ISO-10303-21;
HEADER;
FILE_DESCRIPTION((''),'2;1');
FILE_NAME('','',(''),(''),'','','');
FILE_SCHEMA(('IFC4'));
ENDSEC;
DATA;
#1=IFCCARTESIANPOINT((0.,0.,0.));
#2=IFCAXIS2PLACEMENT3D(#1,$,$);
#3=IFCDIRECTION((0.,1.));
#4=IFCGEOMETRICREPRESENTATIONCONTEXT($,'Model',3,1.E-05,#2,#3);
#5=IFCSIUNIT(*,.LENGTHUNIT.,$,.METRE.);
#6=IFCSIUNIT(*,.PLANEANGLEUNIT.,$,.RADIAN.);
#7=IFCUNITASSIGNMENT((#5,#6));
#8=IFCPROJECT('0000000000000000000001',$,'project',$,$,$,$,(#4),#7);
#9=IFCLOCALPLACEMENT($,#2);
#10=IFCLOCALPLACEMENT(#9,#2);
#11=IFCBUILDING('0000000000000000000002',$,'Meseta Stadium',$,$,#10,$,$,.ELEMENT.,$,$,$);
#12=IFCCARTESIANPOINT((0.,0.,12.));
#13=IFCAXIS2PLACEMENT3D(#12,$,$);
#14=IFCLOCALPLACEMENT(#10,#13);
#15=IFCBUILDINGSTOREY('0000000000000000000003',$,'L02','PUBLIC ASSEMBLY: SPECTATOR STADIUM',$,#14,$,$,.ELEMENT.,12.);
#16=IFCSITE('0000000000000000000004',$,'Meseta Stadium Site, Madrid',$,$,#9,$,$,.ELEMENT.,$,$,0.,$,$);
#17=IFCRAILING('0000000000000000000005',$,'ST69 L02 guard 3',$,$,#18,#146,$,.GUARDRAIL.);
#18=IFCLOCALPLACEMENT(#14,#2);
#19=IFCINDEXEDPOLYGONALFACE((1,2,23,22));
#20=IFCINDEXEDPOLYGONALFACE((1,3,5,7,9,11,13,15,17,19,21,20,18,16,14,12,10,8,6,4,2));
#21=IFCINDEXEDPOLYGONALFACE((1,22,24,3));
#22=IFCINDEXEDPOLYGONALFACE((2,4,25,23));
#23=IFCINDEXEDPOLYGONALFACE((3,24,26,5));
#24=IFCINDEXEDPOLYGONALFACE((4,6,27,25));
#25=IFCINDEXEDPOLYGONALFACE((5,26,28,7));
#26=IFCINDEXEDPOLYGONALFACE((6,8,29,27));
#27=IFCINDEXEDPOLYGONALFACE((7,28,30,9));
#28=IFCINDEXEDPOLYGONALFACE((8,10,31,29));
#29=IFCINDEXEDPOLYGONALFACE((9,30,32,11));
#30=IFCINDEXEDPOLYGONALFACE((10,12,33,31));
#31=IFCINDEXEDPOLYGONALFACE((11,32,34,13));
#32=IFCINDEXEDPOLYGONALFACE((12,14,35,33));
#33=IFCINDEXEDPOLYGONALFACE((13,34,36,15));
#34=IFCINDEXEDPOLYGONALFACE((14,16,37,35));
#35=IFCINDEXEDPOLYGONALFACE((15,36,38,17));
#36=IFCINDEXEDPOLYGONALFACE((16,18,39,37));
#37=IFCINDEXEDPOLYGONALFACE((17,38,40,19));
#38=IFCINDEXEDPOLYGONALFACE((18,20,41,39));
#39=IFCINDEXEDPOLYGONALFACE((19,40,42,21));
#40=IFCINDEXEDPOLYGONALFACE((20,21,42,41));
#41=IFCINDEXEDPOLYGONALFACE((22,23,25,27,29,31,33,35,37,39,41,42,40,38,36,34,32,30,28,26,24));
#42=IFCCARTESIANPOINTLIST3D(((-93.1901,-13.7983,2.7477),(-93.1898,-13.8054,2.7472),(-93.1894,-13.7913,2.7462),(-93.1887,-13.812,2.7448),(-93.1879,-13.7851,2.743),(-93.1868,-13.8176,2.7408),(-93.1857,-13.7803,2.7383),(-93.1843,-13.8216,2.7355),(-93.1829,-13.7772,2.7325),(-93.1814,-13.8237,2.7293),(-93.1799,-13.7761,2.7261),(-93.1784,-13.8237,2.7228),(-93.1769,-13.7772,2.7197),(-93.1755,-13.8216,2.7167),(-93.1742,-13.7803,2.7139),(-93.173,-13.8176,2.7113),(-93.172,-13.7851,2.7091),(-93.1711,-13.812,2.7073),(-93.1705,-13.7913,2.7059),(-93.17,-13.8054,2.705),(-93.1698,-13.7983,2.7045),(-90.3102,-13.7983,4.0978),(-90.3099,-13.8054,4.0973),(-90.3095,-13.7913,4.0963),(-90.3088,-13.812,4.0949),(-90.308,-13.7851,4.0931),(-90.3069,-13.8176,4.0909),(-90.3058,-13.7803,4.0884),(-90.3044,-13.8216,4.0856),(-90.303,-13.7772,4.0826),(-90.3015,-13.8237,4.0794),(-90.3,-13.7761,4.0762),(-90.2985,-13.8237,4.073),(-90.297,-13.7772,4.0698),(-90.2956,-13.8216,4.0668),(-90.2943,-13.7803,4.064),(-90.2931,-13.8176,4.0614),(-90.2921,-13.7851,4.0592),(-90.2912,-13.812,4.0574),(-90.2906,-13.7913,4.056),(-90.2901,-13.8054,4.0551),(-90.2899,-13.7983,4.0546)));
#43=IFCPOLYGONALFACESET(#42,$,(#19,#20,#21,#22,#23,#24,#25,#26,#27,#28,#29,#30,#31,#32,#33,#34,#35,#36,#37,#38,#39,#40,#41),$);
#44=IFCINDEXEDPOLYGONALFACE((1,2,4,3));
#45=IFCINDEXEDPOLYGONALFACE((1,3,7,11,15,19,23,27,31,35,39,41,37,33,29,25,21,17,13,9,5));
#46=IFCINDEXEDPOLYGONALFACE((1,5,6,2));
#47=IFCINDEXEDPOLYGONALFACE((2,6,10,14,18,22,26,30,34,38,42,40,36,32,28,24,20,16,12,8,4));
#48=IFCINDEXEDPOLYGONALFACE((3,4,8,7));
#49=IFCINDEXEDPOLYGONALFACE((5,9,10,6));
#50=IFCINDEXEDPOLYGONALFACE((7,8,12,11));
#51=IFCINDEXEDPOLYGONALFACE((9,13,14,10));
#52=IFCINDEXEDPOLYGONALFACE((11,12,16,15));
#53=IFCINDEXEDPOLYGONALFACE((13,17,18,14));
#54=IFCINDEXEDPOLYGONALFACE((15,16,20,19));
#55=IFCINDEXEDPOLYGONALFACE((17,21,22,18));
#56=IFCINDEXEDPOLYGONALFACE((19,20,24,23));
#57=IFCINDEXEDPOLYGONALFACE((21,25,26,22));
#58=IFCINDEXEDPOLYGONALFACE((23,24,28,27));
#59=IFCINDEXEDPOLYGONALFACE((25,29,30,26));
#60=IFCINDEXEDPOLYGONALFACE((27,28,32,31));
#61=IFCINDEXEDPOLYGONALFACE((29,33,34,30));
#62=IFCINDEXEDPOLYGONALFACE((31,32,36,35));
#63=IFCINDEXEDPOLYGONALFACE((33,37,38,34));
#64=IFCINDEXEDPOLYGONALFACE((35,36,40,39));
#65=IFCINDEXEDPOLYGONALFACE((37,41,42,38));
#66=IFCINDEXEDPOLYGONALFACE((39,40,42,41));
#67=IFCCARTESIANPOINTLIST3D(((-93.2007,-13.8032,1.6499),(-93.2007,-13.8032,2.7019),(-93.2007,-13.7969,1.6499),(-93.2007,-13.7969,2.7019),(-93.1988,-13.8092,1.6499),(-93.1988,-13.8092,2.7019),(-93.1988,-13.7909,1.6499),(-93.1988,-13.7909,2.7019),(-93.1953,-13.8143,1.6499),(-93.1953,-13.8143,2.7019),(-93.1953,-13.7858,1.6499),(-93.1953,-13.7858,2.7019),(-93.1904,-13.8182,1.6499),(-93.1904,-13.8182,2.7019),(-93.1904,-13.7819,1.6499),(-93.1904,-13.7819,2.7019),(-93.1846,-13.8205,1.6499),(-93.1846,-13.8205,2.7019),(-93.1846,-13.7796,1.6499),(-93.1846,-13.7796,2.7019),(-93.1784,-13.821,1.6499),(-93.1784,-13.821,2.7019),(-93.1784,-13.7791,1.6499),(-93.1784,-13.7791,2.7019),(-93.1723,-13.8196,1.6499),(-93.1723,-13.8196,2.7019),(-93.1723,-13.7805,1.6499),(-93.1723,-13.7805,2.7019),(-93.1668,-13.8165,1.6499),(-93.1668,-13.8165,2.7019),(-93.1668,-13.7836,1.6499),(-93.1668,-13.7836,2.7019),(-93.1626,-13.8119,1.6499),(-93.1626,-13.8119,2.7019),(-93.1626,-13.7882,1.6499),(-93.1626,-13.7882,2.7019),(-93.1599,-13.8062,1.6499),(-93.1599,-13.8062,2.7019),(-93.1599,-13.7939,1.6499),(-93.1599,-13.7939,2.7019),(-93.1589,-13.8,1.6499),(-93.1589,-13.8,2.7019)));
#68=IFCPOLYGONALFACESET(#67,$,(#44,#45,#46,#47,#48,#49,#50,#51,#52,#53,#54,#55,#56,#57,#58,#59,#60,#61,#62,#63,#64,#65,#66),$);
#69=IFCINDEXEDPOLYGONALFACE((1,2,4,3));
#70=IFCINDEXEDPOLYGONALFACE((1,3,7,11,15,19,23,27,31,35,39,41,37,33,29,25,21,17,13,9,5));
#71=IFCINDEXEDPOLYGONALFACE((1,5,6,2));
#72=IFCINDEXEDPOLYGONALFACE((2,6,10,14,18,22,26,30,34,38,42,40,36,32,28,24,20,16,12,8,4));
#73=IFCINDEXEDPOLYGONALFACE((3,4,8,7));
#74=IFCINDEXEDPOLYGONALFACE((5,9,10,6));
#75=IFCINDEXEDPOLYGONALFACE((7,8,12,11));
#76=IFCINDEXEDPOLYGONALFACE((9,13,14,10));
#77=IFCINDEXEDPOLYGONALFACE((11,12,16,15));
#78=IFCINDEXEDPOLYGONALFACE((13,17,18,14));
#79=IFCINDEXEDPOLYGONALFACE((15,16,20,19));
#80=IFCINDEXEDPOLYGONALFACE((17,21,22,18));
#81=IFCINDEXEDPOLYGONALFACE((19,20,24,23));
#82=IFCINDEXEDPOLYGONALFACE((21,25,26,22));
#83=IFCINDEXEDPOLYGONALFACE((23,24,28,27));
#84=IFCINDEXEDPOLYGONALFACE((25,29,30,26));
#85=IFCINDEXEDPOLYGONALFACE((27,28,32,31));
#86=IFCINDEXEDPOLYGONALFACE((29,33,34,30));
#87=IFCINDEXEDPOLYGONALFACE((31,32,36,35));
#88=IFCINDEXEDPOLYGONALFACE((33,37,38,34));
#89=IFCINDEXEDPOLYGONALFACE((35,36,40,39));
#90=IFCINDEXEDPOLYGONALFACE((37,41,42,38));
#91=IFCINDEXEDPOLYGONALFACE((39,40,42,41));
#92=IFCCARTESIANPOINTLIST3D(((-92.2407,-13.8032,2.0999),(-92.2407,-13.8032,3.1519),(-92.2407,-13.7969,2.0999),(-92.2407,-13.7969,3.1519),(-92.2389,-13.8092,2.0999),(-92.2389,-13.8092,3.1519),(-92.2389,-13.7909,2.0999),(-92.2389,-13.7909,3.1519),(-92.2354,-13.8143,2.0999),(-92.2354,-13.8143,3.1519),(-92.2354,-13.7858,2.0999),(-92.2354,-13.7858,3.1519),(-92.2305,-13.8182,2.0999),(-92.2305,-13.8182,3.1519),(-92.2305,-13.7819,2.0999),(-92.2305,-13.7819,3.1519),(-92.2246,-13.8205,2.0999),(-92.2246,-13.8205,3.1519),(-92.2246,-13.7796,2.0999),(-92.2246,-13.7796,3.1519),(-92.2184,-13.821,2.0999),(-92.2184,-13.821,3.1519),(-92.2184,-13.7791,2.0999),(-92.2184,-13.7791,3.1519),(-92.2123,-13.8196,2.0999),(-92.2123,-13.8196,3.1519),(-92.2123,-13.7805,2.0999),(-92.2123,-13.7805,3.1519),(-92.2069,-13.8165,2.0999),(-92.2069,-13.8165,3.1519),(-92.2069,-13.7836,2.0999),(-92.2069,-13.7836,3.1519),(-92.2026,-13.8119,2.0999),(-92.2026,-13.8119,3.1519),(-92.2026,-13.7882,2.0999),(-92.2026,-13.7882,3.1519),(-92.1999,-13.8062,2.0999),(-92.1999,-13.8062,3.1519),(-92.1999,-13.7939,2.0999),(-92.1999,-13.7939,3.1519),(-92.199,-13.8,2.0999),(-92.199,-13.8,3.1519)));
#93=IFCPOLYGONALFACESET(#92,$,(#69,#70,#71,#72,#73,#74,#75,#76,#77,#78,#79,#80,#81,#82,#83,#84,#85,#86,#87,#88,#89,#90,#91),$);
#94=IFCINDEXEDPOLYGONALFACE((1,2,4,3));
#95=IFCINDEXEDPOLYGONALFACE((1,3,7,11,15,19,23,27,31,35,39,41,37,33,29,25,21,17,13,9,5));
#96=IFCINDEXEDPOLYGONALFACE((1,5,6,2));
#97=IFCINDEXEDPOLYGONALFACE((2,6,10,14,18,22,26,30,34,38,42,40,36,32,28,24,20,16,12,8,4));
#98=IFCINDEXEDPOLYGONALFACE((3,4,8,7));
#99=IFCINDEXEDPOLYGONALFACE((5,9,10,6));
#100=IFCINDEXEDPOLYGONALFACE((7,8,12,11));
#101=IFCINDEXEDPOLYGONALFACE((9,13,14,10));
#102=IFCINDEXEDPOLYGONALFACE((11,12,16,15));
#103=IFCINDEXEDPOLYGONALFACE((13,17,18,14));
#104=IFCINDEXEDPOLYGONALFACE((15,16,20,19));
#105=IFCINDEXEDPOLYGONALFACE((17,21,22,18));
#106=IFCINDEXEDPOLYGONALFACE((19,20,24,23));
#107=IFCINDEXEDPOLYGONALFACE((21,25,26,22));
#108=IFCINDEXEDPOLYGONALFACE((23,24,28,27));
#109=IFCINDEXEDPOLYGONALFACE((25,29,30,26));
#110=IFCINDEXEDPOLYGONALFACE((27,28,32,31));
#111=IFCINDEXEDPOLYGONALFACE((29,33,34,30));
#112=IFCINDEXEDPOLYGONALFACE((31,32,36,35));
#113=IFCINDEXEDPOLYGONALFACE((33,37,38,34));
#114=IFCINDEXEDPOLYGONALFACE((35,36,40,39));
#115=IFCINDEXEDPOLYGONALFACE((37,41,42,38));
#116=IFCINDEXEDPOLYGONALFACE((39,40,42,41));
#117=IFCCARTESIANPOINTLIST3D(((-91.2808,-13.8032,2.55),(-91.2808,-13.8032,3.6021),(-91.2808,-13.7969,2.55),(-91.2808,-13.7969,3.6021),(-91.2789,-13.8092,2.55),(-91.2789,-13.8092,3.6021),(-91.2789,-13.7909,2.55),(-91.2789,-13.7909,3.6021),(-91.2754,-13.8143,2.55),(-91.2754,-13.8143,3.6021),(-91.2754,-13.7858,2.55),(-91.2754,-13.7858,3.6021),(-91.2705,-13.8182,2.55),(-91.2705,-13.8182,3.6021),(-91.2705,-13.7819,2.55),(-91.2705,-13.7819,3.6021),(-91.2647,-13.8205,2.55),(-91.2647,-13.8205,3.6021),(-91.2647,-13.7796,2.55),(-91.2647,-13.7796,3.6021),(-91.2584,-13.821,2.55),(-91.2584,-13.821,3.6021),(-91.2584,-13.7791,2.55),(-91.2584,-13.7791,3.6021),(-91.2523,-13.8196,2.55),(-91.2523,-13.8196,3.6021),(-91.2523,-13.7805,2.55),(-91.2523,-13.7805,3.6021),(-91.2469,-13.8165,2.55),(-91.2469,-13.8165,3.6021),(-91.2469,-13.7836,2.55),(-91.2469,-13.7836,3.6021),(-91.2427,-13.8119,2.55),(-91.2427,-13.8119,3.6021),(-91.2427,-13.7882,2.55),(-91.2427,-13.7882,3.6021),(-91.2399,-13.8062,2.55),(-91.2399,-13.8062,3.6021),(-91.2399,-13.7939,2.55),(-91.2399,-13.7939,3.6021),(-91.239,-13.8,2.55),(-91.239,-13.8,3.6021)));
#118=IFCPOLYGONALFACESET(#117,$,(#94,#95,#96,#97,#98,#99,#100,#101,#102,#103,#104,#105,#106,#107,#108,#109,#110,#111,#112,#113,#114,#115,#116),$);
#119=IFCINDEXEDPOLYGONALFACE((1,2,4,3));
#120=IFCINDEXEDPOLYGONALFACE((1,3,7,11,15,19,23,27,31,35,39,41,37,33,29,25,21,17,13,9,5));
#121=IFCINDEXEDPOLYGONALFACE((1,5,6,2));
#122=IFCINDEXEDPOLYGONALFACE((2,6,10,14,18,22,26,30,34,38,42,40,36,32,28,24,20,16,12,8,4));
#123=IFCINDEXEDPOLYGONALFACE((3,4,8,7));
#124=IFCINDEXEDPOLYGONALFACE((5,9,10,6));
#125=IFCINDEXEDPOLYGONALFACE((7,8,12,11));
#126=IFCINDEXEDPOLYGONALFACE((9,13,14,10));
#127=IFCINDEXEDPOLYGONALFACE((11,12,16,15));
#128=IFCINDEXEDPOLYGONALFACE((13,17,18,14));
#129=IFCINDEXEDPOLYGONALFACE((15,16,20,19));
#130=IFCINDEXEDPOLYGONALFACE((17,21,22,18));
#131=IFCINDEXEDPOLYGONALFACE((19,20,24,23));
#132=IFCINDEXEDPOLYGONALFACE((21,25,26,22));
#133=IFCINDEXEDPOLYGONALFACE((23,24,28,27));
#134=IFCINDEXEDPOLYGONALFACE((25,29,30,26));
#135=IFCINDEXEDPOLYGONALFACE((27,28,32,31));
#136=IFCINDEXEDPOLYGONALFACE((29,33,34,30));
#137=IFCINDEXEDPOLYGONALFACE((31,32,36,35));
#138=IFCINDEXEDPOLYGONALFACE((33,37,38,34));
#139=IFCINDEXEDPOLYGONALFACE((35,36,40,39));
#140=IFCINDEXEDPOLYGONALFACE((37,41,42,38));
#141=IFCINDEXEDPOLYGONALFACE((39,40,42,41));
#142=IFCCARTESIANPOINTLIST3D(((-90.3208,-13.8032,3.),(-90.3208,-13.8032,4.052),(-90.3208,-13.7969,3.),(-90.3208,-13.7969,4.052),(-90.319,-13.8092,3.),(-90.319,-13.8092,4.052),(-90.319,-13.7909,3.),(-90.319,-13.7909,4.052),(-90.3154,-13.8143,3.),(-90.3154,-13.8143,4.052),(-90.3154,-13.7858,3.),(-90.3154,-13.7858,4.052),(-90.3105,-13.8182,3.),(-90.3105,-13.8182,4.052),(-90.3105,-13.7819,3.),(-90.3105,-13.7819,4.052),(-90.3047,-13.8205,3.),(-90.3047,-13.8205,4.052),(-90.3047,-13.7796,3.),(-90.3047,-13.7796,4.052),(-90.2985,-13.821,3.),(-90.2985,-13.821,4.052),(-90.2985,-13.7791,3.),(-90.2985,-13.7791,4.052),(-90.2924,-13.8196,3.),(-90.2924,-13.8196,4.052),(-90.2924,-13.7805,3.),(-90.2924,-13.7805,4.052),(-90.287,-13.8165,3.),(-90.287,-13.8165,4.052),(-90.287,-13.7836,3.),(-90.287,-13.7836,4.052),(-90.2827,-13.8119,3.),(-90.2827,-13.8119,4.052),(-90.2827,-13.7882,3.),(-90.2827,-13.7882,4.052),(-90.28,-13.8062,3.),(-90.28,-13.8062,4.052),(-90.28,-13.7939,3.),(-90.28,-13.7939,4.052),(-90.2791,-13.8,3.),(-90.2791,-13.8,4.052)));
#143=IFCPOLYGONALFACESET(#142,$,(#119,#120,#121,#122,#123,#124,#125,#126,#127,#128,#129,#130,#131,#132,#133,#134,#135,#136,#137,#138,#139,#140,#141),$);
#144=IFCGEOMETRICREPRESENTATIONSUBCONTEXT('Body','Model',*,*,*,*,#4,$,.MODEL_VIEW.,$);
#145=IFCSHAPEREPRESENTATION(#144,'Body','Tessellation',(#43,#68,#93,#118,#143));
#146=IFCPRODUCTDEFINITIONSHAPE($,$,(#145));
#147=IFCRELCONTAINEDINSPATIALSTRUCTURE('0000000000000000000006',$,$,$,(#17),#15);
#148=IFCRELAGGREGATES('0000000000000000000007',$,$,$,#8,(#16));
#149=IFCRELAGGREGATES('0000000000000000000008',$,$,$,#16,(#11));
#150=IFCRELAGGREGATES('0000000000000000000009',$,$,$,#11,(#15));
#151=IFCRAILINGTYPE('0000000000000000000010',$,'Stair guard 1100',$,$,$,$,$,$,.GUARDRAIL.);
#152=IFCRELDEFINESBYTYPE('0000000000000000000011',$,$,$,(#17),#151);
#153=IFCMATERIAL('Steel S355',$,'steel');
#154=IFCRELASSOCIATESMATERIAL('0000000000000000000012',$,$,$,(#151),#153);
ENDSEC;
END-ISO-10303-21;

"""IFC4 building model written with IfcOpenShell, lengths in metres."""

from ifc_helpers import new_model, si_unit, direction, frame, origin, origin_2d, place, context, subcontext, project, spatial, circle, extrude, material, type_object, element, save


model = new_model("IFC4")

# Units and contexts
model_context = context("Model", 3, precision=1e-05, world=origin(), true_north=direction((0.0, 1.0)))
body_context = subcontext(model_context, "Body", "Model", "MODEL_VIEW")
ifc_project = project(units=[si_unit("LENGTHUNIT", "METRE"), si_unit("PLANEANGLEUNIT", "RADIAN")], contexts=[model_context])

# Site, building, storey
site_placement = place(None, origin())
site = spatial("IfcSite", under=ifc_project, at=site_placement, Name="Meseta Stadium Site, Madrid", CompositionType="ELEMENT", RefElevation=0.0)
building_placement = place(site_placement, origin())
building = spatial("IfcBuilding", under=site, at=building_placement, Name="Meseta Stadium", CompositionType="ELEMENT")
storey_placement = place(building_placement, frame((0.0, 0.0, 12.0)))
storey = spatial("IfcBuildingStorey", under=building, at=storey_placement, Name="L02", Description="PUBLIC ASSEMBLY: SPECTATOR STADIUM", CompositionType="ELEMENT", Elevation=12.0)

# Railing
ifc_material_1 = material(Name="Steel S355", Category="steel")
railing_type_1 = type_object("IfcRailingType", Name="Stair guard 1100", PredefinedType="GUARDRAIL", material=ifc_material_1)
railing_1_placement = place(storey_placement, frame((-93.1799, -13.8, 1.6499)))
element("IfcRailing", 1, at=railing_1_placement, inside=storey, type_object=railing_type_1, Name="ST69 L02 guard 3", PredefinedType="GUARDRAIL", context=body_context, shape_type="SweptSolid", body=[
    extrude(circle(Radius=0.0239, at=origin_2d()), frame((0.0, 0.0, 1.0762), z_axis=(0.90544, 0.0, 0.424473), x_axis=(0.0, 1.0, 0.0)), (0.0, 0.0, 1.0), 3.1807),
    extrude(circle(Radius=0.021, at=origin_2d()), origin(), (0.0, 0.0, 1.0), 1.052),
    extrude(circle(Radius=0.021, at=origin_2d()), frame((0.96, 0.0, 0.45)), (0.0, 0.0, 1.0), 1.052),
    extrude(circle(Radius=0.021, at=origin_2d()), frame((1.9199, 0.0, 0.9001)), (0.0, 0.0, 1.0), 1.052),
    extrude(circle(Radius=0.021, at=origin_2d()), frame((2.8799, 0.0, 1.3501)), (0.0, 0.0, 1.0), 1.052),
])

save(model, "model.ifc")
